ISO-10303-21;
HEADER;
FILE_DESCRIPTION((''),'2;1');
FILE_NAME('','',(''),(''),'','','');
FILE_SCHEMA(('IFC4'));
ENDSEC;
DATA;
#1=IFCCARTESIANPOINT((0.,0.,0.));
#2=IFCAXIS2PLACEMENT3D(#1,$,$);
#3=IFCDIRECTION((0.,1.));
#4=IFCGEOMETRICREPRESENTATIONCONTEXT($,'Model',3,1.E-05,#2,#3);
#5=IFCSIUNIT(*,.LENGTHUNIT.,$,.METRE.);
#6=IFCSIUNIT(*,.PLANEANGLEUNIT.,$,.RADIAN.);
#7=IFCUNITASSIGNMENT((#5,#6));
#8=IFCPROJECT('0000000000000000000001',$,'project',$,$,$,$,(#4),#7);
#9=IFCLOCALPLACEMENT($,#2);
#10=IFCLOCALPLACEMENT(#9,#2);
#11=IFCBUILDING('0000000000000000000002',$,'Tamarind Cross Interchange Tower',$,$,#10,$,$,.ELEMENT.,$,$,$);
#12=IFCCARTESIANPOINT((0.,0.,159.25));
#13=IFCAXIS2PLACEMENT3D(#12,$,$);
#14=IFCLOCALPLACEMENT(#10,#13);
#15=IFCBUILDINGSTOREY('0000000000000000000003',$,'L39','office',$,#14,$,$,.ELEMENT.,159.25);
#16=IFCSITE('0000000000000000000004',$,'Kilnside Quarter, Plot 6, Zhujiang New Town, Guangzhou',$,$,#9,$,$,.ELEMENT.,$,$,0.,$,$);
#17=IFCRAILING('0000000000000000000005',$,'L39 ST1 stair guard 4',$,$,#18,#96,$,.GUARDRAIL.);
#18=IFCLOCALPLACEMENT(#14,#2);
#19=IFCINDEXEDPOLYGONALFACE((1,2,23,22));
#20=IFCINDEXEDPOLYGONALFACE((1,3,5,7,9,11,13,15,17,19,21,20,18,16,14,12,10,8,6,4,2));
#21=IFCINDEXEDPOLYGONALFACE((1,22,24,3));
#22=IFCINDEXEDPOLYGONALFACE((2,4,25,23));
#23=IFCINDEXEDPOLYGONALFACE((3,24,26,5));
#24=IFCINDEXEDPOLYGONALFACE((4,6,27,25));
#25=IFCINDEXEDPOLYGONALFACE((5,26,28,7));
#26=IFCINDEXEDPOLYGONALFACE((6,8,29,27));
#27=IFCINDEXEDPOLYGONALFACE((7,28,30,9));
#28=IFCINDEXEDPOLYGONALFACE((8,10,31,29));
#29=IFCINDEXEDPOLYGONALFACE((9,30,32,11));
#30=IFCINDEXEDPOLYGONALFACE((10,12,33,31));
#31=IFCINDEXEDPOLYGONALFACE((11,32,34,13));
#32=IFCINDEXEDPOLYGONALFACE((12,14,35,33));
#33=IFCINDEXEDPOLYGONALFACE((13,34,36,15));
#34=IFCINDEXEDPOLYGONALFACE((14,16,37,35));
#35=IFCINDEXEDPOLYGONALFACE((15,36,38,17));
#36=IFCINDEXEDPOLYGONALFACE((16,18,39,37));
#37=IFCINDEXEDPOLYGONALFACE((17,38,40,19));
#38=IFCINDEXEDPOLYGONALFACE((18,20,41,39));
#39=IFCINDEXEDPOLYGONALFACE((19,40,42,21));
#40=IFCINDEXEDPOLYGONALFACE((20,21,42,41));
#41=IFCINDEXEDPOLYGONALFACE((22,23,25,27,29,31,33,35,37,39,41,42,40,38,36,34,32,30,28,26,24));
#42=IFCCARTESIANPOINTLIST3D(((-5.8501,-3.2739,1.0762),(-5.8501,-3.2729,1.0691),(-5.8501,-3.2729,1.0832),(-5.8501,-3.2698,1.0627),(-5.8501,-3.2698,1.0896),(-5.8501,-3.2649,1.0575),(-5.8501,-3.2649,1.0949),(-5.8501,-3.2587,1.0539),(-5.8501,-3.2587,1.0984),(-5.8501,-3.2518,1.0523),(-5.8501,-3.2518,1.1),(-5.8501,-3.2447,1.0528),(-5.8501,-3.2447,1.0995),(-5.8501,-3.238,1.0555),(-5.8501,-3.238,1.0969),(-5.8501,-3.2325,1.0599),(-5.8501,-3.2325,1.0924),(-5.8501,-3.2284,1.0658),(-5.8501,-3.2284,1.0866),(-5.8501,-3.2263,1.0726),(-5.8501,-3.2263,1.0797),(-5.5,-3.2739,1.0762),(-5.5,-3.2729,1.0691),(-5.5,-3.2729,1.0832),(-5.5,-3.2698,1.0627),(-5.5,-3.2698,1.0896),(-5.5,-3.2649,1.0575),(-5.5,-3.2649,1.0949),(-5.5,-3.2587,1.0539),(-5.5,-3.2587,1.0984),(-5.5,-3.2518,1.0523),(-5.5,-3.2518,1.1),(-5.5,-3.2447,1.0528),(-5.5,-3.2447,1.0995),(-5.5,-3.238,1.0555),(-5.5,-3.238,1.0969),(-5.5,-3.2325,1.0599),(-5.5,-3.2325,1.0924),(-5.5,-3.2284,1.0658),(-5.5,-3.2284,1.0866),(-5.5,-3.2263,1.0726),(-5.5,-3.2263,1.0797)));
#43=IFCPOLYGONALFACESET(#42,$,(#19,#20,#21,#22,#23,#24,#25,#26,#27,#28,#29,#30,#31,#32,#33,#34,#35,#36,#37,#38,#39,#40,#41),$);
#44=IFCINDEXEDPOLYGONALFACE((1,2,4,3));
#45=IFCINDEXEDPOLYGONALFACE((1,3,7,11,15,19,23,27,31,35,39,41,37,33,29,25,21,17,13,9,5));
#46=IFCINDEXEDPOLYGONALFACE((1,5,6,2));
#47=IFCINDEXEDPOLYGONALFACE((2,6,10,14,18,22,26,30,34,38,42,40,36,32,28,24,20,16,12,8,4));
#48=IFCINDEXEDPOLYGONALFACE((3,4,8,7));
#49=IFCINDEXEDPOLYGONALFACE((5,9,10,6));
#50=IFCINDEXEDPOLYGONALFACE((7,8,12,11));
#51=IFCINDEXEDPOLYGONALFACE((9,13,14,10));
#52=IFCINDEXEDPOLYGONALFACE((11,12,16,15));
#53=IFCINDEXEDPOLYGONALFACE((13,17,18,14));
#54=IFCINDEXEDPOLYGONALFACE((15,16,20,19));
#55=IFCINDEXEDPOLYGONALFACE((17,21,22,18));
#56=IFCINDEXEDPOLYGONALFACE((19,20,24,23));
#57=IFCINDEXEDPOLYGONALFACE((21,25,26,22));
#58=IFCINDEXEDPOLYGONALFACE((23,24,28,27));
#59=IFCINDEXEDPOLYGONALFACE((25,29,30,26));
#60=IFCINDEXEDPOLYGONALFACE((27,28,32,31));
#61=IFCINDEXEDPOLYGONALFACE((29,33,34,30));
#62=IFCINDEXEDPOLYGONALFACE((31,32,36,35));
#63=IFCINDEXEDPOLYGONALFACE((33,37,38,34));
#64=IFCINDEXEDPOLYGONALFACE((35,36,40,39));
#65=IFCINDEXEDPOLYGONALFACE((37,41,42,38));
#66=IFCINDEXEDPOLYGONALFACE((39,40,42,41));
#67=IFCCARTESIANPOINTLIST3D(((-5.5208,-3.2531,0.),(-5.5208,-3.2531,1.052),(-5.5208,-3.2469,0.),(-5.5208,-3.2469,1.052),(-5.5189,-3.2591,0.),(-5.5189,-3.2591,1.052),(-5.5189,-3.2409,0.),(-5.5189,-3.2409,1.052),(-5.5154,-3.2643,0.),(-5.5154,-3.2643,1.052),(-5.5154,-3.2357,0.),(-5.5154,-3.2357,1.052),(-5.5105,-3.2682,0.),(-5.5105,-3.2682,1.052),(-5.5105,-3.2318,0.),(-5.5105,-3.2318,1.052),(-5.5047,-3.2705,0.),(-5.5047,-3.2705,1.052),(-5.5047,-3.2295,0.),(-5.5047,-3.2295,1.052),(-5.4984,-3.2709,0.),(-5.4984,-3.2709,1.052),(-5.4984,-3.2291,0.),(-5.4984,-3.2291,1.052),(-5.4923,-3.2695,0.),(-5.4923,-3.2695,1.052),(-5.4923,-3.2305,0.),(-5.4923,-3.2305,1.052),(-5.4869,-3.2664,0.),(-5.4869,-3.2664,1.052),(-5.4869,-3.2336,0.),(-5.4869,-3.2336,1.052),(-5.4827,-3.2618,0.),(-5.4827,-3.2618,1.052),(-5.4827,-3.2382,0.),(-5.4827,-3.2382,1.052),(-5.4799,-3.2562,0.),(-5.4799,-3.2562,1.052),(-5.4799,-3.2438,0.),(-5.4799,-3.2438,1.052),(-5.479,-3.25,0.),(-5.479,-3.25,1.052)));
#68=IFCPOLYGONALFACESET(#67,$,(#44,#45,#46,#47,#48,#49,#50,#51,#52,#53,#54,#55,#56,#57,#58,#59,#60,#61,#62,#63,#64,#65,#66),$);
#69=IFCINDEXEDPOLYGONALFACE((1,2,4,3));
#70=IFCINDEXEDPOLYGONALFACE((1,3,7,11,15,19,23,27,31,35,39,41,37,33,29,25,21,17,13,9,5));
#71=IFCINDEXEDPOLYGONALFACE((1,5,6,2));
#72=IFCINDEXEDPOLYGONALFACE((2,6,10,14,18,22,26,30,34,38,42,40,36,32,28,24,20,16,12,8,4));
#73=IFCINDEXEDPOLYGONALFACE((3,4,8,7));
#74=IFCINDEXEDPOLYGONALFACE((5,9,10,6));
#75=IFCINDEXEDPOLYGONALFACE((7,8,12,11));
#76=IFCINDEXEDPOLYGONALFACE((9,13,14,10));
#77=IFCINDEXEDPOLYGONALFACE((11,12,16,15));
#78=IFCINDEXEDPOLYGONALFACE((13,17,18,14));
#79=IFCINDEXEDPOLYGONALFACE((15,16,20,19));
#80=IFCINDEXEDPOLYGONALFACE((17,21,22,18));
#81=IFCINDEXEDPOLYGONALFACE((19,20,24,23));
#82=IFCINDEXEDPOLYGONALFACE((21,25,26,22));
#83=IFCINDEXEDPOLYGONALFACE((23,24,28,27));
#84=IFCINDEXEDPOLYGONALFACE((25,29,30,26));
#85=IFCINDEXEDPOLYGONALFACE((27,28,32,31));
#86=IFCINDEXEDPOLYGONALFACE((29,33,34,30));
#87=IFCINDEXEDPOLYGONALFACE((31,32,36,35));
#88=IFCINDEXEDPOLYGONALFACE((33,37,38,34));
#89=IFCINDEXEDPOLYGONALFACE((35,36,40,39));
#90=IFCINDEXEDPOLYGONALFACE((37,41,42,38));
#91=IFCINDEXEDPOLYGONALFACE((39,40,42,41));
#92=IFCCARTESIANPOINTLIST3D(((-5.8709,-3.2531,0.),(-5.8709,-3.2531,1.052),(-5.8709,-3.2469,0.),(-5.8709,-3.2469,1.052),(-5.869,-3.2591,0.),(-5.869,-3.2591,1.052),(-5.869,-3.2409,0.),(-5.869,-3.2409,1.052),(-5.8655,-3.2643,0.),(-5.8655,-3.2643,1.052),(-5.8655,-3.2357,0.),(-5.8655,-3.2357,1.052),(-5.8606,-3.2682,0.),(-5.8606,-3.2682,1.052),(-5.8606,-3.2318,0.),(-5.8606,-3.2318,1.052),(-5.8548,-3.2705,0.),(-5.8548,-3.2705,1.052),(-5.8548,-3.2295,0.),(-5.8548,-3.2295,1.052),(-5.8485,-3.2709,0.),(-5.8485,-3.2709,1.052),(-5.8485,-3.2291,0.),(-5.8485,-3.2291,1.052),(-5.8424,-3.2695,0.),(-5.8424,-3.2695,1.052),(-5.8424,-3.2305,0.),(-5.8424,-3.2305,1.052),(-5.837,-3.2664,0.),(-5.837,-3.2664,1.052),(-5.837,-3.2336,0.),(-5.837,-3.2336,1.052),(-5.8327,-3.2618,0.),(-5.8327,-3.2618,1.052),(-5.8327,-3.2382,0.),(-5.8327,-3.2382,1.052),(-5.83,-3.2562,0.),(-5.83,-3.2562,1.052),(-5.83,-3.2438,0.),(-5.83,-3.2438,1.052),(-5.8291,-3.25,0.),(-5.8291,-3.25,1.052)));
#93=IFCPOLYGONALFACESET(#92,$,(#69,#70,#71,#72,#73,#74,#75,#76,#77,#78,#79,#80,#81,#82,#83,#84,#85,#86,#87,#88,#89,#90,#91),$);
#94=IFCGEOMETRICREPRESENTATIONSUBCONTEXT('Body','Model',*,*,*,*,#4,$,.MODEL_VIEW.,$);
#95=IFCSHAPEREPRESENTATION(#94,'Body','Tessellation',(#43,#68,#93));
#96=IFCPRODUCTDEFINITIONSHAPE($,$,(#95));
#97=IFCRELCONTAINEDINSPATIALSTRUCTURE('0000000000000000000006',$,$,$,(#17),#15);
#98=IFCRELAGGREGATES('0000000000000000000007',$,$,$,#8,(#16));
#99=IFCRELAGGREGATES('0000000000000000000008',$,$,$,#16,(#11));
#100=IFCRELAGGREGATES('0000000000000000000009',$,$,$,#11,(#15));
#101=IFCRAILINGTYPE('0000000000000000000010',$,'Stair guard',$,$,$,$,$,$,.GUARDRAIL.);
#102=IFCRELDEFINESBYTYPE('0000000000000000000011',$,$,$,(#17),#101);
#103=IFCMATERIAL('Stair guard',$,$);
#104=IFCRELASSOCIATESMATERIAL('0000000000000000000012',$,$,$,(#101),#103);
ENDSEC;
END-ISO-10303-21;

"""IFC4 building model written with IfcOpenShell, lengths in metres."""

from ifc_helpers import new_model, si_unit, direction, frame, origin, origin_2d, place, context, subcontext, project, spatial, circle, extrude, material, type_object, element, save


model = new_model("IFC4")

# Units and contexts
model_context = context("Model", 3, precision=1e-05, world=origin(), true_north=direction((0.0, 1.0)))
body_context = subcontext(model_context, "Body", "Model", "MODEL_VIEW")
ifc_project = project(units=[si_unit("LENGTHUNIT", "METRE"), si_unit("PLANEANGLEUNIT", "RADIAN")], contexts=[model_context])

# Site, building, storey
site_placement = place(None, origin())
site = spatial("IfcSite", under=ifc_project, at=site_placement, Name="Kilnside Quarter, Plot 6, Zhujiang New Town, Guangzhou", CompositionType="ELEMENT", RefElevation=0.0)
building_placement = place(site_placement, origin())
building = spatial("IfcBuilding", under=site, at=building_placement, Name="Tamarind Cross Interchange Tower", CompositionType="ELEMENT")
storey_placement = place(building_placement, frame((0.0, 0.0, 159.25)))
storey = spatial("IfcBuildingStorey", under=building, at=storey_placement, Name="L39", Description="office", CompositionType="ELEMENT", Elevation=159.25)

# Railing
ifc_material_1 = material(Name="Stair guard")
railing_type_1 = type_object("IfcRailingType", Name="Stair guard", PredefinedType="GUARDRAIL", material=ifc_material_1)
railing_1_placement = place(storey_placement, frame((-5.5, -3.25, 0.0)))
element("IfcRailing", 1, at=railing_1_placement, inside=storey, type_object=railing_type_1, Name="L39 ST1 stair guard 4", PredefinedType="GUARDRAIL", context=body_context, shape_type="SweptSolid", body=[
    extrude(circle(Radius=0.0239, at=origin_2d()), frame((0.0, 0.0, 1.0762), z_axis=(-1.0, 0.0, 0.0), x_axis=(0.0, -1.0, 0.0)), (0.0, 0.0, 1.0), 0.3501),
    extrude(circle(Radius=0.021, at=origin_2d()), origin(), (0.0, 0.0, 1.0), 1.052),
    extrude(circle(Radius=0.021, at=origin_2d()), frame((-0.3501, 0.0, 0.0)), (0.0, 0.0, 1.0), 1.052),
])

save(model, "model.ifc")
